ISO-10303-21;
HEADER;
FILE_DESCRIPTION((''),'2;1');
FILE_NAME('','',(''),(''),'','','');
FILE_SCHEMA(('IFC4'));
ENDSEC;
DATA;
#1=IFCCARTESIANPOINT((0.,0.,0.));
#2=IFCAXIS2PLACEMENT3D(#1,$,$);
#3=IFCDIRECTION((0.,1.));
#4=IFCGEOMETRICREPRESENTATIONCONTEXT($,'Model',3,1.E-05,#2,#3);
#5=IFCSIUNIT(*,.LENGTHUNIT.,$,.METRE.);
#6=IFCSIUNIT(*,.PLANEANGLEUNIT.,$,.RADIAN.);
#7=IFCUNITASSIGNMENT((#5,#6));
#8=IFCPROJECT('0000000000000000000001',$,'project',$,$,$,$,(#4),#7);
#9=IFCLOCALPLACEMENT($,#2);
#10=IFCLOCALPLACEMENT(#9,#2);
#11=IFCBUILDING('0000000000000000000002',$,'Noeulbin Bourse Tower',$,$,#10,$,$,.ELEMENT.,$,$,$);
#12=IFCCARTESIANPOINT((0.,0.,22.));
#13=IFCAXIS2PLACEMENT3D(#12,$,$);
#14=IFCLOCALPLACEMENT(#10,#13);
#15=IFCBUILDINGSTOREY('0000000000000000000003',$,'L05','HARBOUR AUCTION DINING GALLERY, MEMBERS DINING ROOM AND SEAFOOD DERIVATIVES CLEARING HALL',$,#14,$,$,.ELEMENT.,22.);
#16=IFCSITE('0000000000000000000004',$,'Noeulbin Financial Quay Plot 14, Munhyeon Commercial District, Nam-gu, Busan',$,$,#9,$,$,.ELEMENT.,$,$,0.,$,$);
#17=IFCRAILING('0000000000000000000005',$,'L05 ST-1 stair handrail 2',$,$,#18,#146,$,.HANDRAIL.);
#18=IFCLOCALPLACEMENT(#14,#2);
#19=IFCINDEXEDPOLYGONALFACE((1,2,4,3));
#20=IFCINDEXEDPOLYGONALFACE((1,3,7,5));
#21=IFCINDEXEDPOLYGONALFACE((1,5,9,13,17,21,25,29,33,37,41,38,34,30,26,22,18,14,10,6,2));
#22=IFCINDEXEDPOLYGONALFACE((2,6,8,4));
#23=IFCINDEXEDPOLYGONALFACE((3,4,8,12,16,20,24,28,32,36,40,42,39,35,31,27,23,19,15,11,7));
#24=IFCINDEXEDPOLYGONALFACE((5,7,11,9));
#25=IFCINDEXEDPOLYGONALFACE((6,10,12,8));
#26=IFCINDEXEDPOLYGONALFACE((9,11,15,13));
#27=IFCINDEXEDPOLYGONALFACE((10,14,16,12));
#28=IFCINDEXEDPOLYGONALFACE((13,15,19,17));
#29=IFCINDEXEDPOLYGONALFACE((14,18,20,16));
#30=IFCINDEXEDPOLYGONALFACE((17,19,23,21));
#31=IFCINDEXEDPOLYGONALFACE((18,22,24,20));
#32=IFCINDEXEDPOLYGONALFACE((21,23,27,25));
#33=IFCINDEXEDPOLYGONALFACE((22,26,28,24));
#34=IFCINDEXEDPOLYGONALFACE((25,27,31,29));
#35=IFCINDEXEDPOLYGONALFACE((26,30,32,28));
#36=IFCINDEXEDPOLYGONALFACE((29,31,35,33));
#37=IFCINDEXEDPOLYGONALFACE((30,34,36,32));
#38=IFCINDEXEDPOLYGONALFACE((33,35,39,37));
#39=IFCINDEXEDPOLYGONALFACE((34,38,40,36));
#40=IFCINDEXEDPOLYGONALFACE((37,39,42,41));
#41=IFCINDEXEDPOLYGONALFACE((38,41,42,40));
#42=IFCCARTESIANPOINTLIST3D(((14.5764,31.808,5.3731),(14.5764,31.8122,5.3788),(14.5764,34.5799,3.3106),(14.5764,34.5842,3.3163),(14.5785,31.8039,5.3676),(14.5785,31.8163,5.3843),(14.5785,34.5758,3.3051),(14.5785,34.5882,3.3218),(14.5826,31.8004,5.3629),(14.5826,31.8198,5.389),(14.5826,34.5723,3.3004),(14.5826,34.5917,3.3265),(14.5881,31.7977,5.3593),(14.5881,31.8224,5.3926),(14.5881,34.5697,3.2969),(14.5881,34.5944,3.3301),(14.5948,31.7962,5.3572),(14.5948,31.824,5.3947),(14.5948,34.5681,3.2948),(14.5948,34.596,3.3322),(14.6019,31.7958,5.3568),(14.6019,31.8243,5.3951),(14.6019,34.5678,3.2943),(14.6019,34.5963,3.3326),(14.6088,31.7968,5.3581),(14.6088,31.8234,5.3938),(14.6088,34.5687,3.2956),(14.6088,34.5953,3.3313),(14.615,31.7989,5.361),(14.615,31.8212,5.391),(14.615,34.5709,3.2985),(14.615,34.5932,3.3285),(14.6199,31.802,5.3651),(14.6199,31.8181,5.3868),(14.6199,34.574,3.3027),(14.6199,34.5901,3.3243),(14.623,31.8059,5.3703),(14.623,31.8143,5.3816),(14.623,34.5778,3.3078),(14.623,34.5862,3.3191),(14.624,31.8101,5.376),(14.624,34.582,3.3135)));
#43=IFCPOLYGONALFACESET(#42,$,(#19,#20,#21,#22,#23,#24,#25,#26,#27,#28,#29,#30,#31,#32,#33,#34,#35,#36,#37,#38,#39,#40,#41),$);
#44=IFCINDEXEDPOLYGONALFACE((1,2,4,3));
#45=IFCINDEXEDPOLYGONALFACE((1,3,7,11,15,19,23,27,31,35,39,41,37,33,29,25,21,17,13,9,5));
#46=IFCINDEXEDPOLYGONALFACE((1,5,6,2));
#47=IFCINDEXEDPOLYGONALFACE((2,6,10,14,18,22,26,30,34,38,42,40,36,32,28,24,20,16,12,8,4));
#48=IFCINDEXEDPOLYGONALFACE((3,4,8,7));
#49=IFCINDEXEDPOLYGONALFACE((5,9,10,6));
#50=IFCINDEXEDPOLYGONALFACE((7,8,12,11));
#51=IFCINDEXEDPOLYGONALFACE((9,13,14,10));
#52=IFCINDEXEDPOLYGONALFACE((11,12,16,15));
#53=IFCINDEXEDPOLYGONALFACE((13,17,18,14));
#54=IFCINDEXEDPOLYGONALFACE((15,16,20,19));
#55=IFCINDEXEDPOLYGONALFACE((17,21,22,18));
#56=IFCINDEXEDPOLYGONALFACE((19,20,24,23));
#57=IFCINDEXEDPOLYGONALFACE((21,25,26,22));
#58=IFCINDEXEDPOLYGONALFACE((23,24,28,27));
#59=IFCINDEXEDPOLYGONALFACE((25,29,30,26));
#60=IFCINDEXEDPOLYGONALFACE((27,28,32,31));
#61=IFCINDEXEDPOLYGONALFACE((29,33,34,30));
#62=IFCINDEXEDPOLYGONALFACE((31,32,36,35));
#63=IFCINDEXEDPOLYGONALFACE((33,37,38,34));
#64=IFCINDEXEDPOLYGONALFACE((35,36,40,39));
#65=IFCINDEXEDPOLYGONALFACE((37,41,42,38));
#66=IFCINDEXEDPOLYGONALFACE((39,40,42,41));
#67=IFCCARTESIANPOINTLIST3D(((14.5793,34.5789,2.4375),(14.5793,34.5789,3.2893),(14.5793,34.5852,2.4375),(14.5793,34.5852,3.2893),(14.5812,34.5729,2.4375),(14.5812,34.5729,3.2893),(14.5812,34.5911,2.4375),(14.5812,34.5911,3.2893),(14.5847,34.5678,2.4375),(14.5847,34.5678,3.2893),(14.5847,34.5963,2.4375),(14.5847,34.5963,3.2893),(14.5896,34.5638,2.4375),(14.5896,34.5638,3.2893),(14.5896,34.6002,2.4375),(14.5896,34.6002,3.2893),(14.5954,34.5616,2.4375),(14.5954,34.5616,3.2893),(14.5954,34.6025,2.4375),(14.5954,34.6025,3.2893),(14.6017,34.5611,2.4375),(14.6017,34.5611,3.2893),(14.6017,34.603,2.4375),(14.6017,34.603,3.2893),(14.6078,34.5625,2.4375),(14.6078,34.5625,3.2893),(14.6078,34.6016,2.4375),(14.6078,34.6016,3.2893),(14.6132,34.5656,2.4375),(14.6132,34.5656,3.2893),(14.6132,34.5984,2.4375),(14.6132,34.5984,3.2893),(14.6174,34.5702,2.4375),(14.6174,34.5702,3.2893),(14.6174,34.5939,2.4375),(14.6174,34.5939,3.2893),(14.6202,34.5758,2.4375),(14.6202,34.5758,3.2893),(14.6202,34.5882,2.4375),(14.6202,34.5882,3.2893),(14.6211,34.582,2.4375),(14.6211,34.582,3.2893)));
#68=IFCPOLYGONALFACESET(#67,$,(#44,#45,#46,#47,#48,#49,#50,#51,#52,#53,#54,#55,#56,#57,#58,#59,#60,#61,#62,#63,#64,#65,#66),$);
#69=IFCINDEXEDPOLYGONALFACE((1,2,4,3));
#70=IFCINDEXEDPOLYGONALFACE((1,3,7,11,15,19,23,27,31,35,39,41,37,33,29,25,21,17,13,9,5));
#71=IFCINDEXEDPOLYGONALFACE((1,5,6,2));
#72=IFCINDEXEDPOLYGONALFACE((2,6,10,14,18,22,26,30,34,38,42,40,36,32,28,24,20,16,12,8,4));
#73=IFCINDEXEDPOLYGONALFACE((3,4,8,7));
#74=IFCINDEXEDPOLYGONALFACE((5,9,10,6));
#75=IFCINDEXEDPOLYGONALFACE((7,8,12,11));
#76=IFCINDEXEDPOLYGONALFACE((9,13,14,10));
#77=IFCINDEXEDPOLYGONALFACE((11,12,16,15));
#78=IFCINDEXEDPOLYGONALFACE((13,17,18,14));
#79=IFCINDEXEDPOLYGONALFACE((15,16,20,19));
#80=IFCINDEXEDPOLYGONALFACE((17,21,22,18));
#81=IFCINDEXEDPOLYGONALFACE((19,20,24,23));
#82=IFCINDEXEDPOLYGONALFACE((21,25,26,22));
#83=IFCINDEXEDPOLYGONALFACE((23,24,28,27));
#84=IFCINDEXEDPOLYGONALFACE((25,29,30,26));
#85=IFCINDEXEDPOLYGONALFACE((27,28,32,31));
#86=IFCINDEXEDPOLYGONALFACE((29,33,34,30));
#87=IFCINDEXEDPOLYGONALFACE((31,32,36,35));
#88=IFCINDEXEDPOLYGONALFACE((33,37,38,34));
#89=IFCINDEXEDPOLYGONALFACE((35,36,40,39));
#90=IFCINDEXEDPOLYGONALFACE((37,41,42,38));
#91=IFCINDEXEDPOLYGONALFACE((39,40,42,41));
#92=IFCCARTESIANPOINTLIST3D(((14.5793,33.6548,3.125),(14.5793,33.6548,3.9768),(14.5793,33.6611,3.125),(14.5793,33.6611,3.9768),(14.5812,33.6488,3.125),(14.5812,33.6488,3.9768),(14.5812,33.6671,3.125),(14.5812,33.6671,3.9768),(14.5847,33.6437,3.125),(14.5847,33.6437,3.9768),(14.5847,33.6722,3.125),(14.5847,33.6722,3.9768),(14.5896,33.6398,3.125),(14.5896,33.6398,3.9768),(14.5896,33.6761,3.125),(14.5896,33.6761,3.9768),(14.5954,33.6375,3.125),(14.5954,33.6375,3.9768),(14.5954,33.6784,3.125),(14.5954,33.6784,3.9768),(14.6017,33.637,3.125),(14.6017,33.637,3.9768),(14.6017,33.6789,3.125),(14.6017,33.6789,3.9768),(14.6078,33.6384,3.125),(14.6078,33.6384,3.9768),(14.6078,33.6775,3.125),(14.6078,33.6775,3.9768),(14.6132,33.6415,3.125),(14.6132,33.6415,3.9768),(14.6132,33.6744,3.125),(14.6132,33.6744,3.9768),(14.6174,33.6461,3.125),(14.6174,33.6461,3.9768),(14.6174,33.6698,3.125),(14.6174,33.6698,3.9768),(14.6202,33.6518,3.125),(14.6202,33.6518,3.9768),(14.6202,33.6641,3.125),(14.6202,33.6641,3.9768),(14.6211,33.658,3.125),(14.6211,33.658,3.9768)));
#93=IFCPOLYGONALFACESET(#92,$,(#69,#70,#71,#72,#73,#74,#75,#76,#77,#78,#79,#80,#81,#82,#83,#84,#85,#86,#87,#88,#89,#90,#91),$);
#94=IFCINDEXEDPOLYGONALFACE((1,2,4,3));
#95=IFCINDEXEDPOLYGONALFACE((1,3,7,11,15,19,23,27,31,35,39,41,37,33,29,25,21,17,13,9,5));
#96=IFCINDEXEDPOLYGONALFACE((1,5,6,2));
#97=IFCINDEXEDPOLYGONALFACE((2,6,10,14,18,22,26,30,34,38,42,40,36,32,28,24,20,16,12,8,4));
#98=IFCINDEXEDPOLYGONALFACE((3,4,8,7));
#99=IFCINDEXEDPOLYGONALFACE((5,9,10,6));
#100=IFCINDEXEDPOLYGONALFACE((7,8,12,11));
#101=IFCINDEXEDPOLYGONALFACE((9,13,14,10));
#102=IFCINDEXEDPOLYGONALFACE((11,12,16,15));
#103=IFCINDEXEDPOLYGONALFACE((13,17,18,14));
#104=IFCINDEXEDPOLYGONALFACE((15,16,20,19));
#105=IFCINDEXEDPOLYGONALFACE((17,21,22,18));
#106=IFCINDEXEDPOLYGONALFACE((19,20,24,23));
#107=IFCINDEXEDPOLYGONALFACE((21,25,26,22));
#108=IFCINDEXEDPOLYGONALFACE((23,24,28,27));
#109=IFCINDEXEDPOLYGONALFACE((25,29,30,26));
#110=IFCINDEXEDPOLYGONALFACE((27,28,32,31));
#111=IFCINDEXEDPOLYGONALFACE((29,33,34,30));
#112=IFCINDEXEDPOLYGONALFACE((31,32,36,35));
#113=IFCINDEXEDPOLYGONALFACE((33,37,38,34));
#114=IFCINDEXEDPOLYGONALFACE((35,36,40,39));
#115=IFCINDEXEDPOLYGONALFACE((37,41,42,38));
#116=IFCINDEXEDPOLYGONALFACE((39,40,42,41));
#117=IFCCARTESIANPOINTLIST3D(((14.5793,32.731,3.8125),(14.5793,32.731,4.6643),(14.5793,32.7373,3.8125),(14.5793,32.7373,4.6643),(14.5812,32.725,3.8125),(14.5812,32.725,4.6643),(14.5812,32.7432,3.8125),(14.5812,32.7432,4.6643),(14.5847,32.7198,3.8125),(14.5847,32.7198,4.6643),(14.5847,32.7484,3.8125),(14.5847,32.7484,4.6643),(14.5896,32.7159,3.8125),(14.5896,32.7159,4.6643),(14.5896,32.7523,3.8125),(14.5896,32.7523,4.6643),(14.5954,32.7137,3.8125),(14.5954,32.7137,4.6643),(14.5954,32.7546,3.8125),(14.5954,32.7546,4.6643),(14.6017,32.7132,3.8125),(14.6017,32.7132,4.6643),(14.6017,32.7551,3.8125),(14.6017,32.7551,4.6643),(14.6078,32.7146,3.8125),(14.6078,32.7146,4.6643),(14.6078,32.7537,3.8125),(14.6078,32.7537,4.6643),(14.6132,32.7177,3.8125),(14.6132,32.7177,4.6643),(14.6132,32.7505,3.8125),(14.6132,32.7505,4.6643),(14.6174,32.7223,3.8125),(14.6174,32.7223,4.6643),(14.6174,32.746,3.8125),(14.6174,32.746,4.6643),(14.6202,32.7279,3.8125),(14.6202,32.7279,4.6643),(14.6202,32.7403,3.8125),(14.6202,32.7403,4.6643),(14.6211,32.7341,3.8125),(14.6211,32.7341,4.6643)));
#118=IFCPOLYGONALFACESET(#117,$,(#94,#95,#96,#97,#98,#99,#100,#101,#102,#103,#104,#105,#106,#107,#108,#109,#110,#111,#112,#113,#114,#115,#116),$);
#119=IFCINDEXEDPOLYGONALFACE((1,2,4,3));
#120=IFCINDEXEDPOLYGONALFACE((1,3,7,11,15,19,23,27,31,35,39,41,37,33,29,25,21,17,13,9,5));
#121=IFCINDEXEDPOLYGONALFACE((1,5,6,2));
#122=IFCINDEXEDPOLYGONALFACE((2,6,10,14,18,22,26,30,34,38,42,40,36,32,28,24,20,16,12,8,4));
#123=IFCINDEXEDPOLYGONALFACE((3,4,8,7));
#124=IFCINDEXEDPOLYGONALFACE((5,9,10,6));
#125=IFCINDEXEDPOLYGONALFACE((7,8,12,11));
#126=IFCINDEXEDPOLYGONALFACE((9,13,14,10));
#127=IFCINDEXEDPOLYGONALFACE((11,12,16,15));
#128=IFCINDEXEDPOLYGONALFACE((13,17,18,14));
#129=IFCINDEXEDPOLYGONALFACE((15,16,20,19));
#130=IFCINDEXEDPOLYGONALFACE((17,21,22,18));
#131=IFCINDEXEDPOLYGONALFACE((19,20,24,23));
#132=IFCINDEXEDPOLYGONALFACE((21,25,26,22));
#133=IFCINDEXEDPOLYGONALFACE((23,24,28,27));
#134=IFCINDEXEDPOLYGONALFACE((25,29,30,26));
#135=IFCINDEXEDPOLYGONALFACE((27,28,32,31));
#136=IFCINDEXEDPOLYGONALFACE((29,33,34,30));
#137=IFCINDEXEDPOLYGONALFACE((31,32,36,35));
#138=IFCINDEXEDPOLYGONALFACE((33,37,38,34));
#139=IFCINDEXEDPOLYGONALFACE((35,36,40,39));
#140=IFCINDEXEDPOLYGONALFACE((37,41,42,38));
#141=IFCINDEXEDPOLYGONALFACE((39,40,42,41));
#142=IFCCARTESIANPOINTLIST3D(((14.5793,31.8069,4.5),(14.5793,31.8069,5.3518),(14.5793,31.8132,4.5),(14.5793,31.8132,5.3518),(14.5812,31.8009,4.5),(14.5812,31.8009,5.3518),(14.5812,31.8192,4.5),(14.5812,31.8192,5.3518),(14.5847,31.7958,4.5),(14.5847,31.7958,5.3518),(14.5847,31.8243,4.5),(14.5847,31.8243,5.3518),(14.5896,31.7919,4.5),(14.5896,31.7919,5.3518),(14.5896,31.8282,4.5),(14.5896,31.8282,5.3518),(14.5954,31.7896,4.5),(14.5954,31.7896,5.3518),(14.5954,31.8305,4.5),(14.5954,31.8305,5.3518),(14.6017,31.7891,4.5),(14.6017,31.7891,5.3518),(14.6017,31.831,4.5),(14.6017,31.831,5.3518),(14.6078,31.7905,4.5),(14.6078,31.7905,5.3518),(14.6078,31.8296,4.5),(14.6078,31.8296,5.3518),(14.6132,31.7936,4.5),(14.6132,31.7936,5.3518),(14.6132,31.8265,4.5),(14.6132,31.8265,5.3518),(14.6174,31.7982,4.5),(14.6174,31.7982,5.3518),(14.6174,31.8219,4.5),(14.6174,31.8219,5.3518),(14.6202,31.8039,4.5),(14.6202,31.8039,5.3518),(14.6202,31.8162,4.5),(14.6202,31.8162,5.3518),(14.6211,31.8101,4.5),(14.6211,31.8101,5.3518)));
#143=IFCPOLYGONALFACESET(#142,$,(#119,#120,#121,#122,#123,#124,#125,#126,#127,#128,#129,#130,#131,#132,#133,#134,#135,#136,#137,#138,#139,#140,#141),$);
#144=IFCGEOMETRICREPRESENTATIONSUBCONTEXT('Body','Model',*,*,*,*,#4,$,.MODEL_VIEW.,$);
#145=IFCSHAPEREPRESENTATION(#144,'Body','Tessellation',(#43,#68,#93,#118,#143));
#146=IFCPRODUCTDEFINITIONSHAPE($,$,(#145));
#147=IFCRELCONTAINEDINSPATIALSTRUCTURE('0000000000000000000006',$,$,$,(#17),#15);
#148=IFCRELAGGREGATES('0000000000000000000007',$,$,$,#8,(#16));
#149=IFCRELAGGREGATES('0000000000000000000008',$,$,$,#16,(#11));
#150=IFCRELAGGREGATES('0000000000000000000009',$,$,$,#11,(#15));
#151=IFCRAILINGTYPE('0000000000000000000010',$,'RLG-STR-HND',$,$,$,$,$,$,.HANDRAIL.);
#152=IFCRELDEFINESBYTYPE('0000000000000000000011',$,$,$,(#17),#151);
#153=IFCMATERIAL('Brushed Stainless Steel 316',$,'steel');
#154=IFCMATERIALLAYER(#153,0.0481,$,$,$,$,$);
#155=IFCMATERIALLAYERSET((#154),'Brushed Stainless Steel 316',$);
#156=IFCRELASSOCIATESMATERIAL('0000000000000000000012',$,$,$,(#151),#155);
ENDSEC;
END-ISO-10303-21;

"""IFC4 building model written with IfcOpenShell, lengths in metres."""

from ifc_helpers import new_model, si_unit, direction, frame, origin, origin_2d, place, context, subcontext, project, spatial, circle, extrude, material, layer, layer_set, type_object, element, save


model = new_model("IFC4")

# Units and contexts
model_context = context("Model", 3, precision=1e-05, world=origin(), true_north=direction((0.0, 1.0)))
body_context = subcontext(model_context, "Body", "Model", "MODEL_VIEW")
ifc_project = project(units=[si_unit("LENGTHUNIT", "METRE"), si_unit("PLANEANGLEUNIT", "RADIAN")], contexts=[model_context])

# Site, building, storey
site_placement = place(None, origin())
site = spatial("IfcSite", under=ifc_project, at=site_placement, Name="Noeulbin Financial Quay Plot 14, Munhyeon Commercial District, Nam-gu, Busan", CompositionType="ELEMENT", RefElevation=0.0)
building_placement = place(site_placement, origin())
building = spatial("IfcBuilding", under=site, at=building_placement, Name="Noeulbin Bourse Tower", CompositionType="ELEMENT")
storey_placement = place(building_placement, frame((0.0, 0.0, 22.0)))
storey = spatial("IfcBuildingStorey", under=building, at=storey_placement, Name="L05", Description="HARBOUR AUCTION DINING GALLERY, MEMBERS DINING ROOM AND SEAFOOD DERIVATIVES CLEARING HALL", CompositionType="ELEMENT", Elevation=22.0)

# Railing
ifc_material_1 = material(Name="Brushed Stainless Steel 316", Category="steel")
ifc_layer_1 = layer(ifc_material_1, 0.0481)
ifc_layer_set_1 = layer_set([ifc_layer_1], Name="Brushed Stainless Steel 316")
railing_type = type_object("IfcRailingType", Name="RLG-STR-HND", PredefinedType="HANDRAIL", material=ifc_layer_set_1)
railing_placement = place(storey_placement, frame((14.6001, 34.582, 2.4375)))
element("IfcRailing", 1, at=railing_placement, inside=storey, type_object=railing_type, Name="L05 ST-1 stair handrail 2", PredefinedType="HANDRAIL", context=body_context, shape_type="SweptSolid", body=[
    extrude(circle(Radius=0.0239, at=origin_2d()), frame((0.0, 0.0, 0.876), z_axis=(0.0, -0.802284, 0.596943), x_axis=(1.0, 0.0, 0.0)), (0.0, 0.0, 1.0), 3.4551),
    extrude(circle(Radius=0.021, at=origin_2d()), origin(), (0.0, 0.0, 1.0), 0.8518),
    extrude(circle(Radius=0.021, at=origin_2d()), frame((0.0, -0.9241, 0.6875)), (0.0, 0.0, 1.0), 0.8518),
    extrude(circle(Radius=0.021, at=origin_2d()), frame((0.0, -1.8479, 1.375)), (0.0, 0.0, 1.0), 0.8518),
    extrude(circle(Radius=0.021, at=origin_2d()), frame((0.0, -2.772, 2.0625)), (0.0, 0.0, 1.0), 0.8518),
])

save(model, "model.ifc")
